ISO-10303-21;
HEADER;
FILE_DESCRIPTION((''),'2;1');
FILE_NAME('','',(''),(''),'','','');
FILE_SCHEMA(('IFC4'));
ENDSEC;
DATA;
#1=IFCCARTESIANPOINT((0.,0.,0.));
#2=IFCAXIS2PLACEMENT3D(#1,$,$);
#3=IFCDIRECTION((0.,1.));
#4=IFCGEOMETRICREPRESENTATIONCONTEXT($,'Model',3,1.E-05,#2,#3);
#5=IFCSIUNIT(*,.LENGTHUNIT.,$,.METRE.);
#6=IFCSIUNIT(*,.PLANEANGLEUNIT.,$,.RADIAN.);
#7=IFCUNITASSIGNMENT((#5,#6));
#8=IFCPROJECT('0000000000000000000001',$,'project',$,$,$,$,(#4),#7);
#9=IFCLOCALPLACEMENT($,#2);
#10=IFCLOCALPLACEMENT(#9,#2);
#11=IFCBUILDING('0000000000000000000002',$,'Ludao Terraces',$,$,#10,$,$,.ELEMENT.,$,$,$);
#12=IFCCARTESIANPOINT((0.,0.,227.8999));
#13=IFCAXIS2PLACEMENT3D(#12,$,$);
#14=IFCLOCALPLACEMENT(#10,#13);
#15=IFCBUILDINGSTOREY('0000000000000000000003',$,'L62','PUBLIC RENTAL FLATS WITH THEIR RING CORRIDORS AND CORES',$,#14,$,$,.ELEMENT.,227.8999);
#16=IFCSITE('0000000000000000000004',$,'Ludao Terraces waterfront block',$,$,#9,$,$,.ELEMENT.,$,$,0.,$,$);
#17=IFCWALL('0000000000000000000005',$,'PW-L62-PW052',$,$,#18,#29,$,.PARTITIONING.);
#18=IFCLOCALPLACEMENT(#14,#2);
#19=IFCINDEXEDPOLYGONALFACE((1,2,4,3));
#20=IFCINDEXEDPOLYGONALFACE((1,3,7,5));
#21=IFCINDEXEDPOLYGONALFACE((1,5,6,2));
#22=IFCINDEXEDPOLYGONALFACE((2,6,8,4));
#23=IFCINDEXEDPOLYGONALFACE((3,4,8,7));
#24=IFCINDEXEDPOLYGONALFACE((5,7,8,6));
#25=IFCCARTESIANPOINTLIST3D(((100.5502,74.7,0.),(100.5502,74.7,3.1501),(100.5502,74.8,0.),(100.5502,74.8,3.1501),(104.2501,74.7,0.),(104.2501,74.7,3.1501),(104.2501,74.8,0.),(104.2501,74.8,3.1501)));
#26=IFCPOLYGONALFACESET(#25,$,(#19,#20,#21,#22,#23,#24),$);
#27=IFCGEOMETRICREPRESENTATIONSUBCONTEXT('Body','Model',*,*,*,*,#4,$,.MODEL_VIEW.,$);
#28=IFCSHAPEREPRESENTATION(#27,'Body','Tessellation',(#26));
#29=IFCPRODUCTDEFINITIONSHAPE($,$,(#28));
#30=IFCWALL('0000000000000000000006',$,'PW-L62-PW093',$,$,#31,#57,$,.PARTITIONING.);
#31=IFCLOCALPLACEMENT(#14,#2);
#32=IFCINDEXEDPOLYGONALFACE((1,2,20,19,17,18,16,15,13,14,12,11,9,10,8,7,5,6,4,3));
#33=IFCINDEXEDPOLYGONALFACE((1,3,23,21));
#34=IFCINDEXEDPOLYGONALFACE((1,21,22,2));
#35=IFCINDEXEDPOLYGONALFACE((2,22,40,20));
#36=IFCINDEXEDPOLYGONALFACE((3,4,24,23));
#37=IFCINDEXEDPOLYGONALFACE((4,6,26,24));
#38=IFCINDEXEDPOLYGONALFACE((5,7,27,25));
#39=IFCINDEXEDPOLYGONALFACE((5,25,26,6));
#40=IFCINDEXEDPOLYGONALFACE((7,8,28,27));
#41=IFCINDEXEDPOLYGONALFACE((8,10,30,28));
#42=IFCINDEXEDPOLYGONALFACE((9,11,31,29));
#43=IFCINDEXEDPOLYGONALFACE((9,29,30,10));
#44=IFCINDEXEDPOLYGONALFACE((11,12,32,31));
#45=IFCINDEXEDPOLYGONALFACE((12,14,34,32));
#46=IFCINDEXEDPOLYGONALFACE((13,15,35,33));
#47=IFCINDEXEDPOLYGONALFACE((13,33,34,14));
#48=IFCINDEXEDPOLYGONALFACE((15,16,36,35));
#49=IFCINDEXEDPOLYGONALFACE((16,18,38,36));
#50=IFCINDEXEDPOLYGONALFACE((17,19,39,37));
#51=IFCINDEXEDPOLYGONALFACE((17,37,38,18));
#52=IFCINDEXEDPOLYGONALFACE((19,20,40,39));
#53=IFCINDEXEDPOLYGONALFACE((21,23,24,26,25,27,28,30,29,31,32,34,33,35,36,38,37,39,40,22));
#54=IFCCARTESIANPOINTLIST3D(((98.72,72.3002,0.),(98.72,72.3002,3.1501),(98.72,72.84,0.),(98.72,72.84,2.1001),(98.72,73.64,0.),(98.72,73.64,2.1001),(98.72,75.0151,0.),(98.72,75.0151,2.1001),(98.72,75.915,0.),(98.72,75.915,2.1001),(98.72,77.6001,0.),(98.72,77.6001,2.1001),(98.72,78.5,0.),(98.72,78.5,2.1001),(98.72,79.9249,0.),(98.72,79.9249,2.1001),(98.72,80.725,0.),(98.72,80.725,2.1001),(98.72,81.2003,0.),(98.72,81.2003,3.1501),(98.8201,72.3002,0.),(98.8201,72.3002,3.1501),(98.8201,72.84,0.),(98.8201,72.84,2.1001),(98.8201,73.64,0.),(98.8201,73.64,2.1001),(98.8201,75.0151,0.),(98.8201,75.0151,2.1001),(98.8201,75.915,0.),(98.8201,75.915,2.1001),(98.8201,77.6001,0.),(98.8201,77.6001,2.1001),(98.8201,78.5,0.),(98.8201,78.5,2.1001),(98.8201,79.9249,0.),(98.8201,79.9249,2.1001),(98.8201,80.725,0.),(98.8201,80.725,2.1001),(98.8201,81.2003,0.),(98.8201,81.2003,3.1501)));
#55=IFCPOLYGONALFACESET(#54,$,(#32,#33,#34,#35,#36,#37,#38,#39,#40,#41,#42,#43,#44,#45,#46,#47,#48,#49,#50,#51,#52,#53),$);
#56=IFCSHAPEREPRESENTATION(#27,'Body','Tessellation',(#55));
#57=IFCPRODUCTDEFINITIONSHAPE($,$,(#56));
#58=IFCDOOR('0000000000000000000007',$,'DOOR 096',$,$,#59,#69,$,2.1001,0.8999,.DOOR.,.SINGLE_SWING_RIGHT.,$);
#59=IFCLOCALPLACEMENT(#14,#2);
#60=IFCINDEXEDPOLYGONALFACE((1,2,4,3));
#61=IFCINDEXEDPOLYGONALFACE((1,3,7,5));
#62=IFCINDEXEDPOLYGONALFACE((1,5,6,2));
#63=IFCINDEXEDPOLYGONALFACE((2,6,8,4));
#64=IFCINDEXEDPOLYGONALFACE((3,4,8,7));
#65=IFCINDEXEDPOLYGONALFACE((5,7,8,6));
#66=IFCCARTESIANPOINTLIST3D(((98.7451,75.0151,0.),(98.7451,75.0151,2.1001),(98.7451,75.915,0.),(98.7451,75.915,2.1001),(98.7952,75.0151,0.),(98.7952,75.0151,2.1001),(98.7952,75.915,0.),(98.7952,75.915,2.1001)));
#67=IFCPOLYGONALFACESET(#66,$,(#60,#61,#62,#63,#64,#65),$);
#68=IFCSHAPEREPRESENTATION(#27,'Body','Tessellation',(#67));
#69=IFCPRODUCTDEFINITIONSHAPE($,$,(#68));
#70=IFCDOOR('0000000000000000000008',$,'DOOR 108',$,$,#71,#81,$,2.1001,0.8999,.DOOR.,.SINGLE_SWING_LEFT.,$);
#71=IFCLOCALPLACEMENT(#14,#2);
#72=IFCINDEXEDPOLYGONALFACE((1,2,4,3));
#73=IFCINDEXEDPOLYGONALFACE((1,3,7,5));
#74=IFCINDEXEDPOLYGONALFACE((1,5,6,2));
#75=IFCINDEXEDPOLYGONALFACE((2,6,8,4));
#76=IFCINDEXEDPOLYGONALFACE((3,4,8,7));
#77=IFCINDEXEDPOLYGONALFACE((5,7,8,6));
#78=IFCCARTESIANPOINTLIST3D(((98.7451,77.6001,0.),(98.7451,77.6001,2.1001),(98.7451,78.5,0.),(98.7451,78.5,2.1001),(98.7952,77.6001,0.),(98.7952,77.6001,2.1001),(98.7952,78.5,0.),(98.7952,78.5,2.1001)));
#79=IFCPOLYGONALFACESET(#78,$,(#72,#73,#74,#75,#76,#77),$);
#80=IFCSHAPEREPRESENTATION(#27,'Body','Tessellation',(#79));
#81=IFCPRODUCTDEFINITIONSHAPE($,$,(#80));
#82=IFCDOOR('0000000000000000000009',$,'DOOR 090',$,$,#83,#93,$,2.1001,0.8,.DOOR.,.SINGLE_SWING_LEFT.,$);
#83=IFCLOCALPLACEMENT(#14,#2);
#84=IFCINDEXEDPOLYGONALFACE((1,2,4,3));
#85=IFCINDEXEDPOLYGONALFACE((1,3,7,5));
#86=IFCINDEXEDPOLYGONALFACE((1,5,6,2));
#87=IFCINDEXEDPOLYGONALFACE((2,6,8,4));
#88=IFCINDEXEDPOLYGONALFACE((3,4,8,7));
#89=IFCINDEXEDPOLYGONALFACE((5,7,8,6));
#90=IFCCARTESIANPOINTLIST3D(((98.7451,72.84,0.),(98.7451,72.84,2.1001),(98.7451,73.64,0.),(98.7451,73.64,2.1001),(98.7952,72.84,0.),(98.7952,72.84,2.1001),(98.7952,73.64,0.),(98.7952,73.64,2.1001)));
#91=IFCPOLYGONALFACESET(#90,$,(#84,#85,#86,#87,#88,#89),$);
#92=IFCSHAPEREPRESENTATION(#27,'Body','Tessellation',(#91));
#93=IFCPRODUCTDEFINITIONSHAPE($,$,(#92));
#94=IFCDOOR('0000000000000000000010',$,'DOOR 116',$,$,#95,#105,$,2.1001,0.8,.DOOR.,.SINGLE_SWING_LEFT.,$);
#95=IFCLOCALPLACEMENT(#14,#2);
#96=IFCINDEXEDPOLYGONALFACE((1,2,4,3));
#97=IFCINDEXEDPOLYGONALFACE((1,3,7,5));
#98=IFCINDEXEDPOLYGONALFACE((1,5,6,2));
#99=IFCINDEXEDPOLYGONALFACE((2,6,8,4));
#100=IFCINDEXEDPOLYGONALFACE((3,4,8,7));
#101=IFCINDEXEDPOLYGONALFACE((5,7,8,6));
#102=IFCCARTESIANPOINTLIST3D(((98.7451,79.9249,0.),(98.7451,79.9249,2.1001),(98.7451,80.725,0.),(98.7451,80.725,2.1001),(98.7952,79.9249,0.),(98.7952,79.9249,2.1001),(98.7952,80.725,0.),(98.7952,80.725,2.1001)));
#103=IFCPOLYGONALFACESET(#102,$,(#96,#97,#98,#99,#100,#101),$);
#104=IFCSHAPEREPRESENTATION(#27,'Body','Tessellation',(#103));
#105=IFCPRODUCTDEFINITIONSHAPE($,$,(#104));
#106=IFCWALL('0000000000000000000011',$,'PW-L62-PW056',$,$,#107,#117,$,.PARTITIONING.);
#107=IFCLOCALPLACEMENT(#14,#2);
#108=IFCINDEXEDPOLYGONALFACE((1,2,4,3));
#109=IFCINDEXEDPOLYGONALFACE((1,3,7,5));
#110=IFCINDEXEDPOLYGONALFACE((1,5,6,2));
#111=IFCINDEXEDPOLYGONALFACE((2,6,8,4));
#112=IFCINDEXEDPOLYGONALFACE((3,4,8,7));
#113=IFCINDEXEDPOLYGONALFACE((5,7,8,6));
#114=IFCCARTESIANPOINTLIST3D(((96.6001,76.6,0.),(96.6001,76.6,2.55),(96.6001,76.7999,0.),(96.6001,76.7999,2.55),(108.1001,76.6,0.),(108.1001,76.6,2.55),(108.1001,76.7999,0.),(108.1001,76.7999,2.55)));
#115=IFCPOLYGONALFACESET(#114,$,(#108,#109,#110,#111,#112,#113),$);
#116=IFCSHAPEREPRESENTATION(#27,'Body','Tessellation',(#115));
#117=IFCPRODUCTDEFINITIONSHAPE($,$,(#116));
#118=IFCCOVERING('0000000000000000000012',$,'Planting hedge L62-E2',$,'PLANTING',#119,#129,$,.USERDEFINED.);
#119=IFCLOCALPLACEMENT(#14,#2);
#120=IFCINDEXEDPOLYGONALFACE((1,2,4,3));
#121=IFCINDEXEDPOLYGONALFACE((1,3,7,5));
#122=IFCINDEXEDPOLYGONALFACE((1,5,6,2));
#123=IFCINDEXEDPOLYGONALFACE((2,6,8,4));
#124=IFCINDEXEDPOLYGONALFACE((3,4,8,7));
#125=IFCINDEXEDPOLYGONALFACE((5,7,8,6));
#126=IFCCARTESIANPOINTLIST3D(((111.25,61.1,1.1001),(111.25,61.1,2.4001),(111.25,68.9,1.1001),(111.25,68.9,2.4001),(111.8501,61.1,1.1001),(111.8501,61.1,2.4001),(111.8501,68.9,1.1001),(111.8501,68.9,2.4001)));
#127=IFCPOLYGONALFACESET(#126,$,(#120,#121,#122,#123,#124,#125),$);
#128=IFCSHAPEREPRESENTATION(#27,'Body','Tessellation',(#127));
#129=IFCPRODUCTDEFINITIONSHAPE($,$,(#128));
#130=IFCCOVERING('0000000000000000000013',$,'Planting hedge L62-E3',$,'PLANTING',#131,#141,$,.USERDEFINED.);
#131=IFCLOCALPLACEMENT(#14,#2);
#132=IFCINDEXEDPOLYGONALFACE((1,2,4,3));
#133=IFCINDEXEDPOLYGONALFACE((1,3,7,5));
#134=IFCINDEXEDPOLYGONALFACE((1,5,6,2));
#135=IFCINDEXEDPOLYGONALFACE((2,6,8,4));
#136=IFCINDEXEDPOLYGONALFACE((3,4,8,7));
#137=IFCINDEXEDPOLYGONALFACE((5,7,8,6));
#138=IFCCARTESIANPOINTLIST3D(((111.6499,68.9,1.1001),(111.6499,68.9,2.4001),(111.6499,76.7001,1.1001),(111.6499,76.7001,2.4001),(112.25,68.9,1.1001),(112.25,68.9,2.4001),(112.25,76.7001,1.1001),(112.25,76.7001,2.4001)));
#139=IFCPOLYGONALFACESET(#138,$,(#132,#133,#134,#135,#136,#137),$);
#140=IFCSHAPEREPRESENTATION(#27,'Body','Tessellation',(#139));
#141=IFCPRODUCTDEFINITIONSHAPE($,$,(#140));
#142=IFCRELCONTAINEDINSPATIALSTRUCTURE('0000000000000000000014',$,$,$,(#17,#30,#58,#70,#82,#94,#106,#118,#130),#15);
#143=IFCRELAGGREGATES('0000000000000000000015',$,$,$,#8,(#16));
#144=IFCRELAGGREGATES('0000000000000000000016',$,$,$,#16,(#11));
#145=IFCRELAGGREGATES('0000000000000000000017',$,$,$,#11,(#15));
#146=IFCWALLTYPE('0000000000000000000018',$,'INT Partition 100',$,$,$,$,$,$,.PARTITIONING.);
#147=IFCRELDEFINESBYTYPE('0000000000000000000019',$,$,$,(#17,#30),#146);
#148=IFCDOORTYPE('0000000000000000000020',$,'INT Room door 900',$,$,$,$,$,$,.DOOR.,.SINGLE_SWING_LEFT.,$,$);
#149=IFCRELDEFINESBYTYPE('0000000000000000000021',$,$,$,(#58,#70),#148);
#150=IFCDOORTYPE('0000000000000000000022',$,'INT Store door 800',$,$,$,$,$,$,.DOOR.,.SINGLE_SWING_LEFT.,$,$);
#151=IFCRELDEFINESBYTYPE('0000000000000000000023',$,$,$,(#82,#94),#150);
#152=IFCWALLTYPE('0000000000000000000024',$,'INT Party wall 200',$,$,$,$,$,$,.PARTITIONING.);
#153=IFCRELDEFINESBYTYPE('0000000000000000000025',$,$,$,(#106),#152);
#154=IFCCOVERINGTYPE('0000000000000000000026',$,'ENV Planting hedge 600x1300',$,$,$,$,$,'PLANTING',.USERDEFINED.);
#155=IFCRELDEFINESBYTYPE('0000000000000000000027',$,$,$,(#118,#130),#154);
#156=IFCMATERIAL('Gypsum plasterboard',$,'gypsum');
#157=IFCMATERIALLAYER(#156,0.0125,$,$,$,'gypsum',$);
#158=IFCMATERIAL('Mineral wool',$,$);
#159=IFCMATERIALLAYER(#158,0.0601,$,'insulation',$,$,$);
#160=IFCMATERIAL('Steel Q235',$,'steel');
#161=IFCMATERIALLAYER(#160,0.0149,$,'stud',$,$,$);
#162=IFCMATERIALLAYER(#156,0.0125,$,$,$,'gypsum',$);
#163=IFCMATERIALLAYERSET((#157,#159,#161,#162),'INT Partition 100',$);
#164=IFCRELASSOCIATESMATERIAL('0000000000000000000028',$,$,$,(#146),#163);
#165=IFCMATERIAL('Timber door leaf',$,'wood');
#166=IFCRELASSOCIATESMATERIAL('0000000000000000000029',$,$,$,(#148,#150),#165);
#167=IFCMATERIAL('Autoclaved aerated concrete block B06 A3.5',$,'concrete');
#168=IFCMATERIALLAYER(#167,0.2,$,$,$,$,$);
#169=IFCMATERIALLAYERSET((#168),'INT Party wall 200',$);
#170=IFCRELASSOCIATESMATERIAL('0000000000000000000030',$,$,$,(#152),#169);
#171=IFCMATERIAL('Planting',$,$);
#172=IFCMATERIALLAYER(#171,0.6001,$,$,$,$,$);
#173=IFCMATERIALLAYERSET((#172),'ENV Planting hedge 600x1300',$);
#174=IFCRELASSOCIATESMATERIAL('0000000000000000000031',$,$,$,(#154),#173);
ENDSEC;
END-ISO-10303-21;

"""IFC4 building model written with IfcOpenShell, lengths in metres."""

from ifc_helpers import new_model, si_unit, direction, frame, frame_2d, origin, origin_2d, place, context, subcontext, project, spatial, rectangle, extrude, material, layer, layer_set, type_object, element, fill, save


model = new_model("IFC4")

# Units and contexts
model_context = context("Model", 3, precision=1e-05, world=origin(), true_north=direction((0.0, 1.0)))
body_context = subcontext(model_context, "Body", "Model", "MODEL_VIEW")
ifc_project = project(units=[si_unit("LENGTHUNIT", "METRE"), si_unit("PLANEANGLEUNIT", "RADIAN")], contexts=[model_context])

# Site, building, storey
site_placement = place(None, origin())
site = spatial("IfcSite", under=ifc_project, at=site_placement, Name="Ludao Terraces waterfront block", CompositionType="ELEMENT", RefElevation=0.0)
building_placement = place(site_placement, origin())
building = spatial("IfcBuilding", under=site, at=building_placement, Name="Ludao Terraces", CompositionType="ELEMENT")
storey_placement = place(building_placement, frame((0.0, 0.0, 227.8999)))
storey = spatial("IfcBuildingStorey", under=building, at=storey_placement, Name="L62", Description="PUBLIC RENTAL FLATS WITH THEIR RING CORRIDORS AND CORES", CompositionType="ELEMENT", Elevation=227.8999)

# Shared definitions
ifc_material_1 = material(Name="Mineral wool")

# Wall
ifc_material_2 = material(Name="Gypsum plasterboard", Category="gypsum")
ifc_layer_1 = layer(ifc_material_2, 0.0125, Category="gypsum")
ifc_layer_2 = layer(ifc_material_1, 0.0601, Name="insulation")
ifc_material_3 = material(Name="Steel Q235", Category="steel")
ifc_layer_3 = layer(ifc_material_3, 0.0149, Name="stud")
ifc_layer_4 = layer(ifc_material_2, 0.0125, Category="gypsum")
ifc_layer_set_1 = layer_set([ifc_layer_1, ifc_layer_2, ifc_layer_3, ifc_layer_4], Name="INT Partition 100")
wall_type_1 = type_object("IfcWallType", Name="INT Partition 100", PredefinedType="PARTITIONING", material=ifc_layer_set_1)
wall_1_placement = place(storey_placement, frame((100.55, 74.75, 0.0), z_axis=(0.0, 0.0, 1.0), x_axis=(1.0, 0.0, 0.0)))
element("IfcWall", 1, at=wall_1_placement, inside=storey, type_object=wall_type_1, Name="PW-L62-PW052", PredefinedType="PARTITIONING", context=body_context, shape_type="SweptSolid", body=[
    extrude(rectangle(XDim=3.7, YDim=0.1001, at=frame_2d((1.8501, 0.0))), origin(), (0.0, 0.0, 1.0), 3.1501),
])

# Wall, openings, doors
wall_2_placement = place(storey_placement, frame((98.77, 72.3, 0.0), z_axis=(0.0, 0.0, 1.0), x_axis=(0.0, 1.0, 0.0)))
wall_2 = element("IfcWall", 2, at=wall_2_placement, inside=storey, type_object=wall_type_1, Name="PW-L62-PW093", PredefinedType="PARTITIONING", context=body_context, shape_type="SweptSolid", body=[
    extrude(rectangle(XDim=8.9001, YDim=0.1001, at=frame_2d((4.4502, 0.0))), origin(), (0.0, 0.0, 1.0), 3.1501),
])
opening_1_placement = place(wall_2_placement, frame((0.54, 0.0, 0.0)))
opening_1 = element("IfcOpeningElement", 3, at=opening_1_placement, cuts=wall_2, PredefinedType="OPENING", context=body_context, shape_type="SweptSolid", body=[
    extrude(rectangle(XDim=0.8, YDim=2.1001, at=frame_2d((0.3999, 1.05))), frame((0.0, 0.0601, 0.0), z_axis=(0.0, -1.0, 0.0), x_axis=(1.0, 0.0, 0.0)), (0.0, 0.0, 1.0), 0.1201),
])
opening_2_placement = place(wall_2_placement, frame((2.7151, 0.0, 0.0)))
opening_2 = element("IfcOpeningElement", 4, at=opening_2_placement, cuts=wall_2, PredefinedType="OPENING", context=body_context, shape_type="SweptSolid", body=[
    extrude(rectangle(XDim=0.8999, YDim=2.1001, at=frame_2d((0.45, 1.05))), frame((0.0, 0.0601, 0.0), z_axis=(0.0, -1.0, 0.0), x_axis=(1.0, 0.0, 0.0)), (0.0, 0.0, 1.0), 0.1201),
])
opening_3_placement = place(wall_2_placement, frame((5.3, 0.0, 0.0)))
opening_3 = element("IfcOpeningElement", 5, at=opening_3_placement, cuts=wall_2, PredefinedType="OPENING", context=body_context, shape_type="SweptSolid", body=[
    extrude(rectangle(XDim=0.8999, YDim=2.1001, at=frame_2d((0.45, 1.05))), frame((0.0, 0.0601, 0.0), z_axis=(0.0, -1.0, 0.0), x_axis=(1.0, 0.0, 0.0)), (0.0, 0.0, 1.0), 0.1201),
])
opening_4_placement = place(wall_2_placement, frame((7.625, 0.0, 0.0)))
opening_4 = element("IfcOpeningElement", 6, at=opening_4_placement, cuts=wall_2, PredefinedType="OPENING", context=body_context, shape_type="SweptSolid", body=[
    extrude(rectangle(XDim=0.8, YDim=2.1001, at=frame_2d((0.3999, 1.05))), frame((0.0, 0.0601, 0.0), z_axis=(0.0, -1.0, 0.0), x_axis=(1.0, 0.0, 0.0)), (0.0, 0.0, 1.0), 0.1201),
])
ifc_material_4 = material(Name="Timber door leaf", Category="wood")
door_type_1 = type_object("IfcDoorType", Name="INT Room door 900", OperationType="SINGLE_SWING_LEFT", PredefinedType="DOOR", material=ifc_material_4)
door_1_placement = place(opening_2_placement, origin())
door_1 = element("IfcDoor", 7, at=door_1_placement, inside=storey, type_object=door_type_1, Name="DOOR 096", OperationType="SINGLE_SWING_RIGHT", OverallHeight=2.1001, OverallWidth=0.8999, PredefinedType="DOOR", context=body_context, shape_type="SweptSolid", body=[
    extrude(rectangle(XDim=0.8999, YDim=2.1001, at=frame_2d((0.45, 1.05))), frame((0.0, 0.0249, 0.0), z_axis=(0.0, -1.0, 0.0), x_axis=(1.0, 0.0, 0.0)), (0.0, 0.0, 1.0), 0.05),
])
fill(opening_2, door_1)
door_2_placement = place(opening_3_placement, origin())
door_2 = element("IfcDoor", 8, at=door_2_placement, inside=storey, type_object=door_type_1, Name="DOOR 108", OperationType="SINGLE_SWING_LEFT", OverallHeight=2.1001, OverallWidth=0.8999, PredefinedType="DOOR", context=body_context, shape_type="SweptSolid", body=[
    extrude(rectangle(XDim=0.8999, YDim=2.1001, at=frame_2d((0.45, 1.05))), frame((0.0, 0.0249, 0.0), z_axis=(0.0, -1.0, 0.0), x_axis=(1.0, 0.0, 0.0)), (0.0, 0.0, 1.0), 0.05),
])
fill(opening_3, door_2)
door_type_2 = type_object("IfcDoorType", Name="INT Store door 800", OperationType="SINGLE_SWING_LEFT", PredefinedType="DOOR", material=ifc_material_4)
door_3_placement = place(opening_1_placement, origin())
door_3 = element("IfcDoor", 9, at=door_3_placement, inside=storey, type_object=door_type_2, Name="DOOR 090", OperationType="SINGLE_SWING_LEFT", OverallHeight=2.1001, OverallWidth=0.8, PredefinedType="DOOR", context=body_context, shape_type="SweptSolid", body=[
    extrude(rectangle(XDim=0.8, YDim=2.1001, at=frame_2d((0.3999, 1.05))), frame((0.0, 0.0249, 0.0), z_axis=(0.0, -1.0, 0.0), x_axis=(1.0, 0.0, 0.0)), (0.0, 0.0, 1.0), 0.05),
])
fill(opening_1, door_3)
door_4_placement = place(opening_4_placement, origin())
door_4 = element("IfcDoor", 10, at=door_4_placement, inside=storey, type_object=door_type_2, Name="DOOR 116", OperationType="SINGLE_SWING_LEFT", OverallHeight=2.1001, OverallWidth=0.8, PredefinedType="DOOR", context=body_context, shape_type="SweptSolid", body=[
    extrude(rectangle(XDim=0.8, YDim=2.1001, at=frame_2d((0.3999, 1.05))), frame((0.0, 0.0249, 0.0), z_axis=(0.0, -1.0, 0.0), x_axis=(1.0, 0.0, 0.0)), (0.0, 0.0, 1.0), 0.05),
])
fill(opening_4, door_4)

# Wall
ifc_material_5 = material(Name="Autoclaved aerated concrete block B06 A3.5", Category="concrete")
ifc_layer_5 = layer(ifc_material_5, 0.2)
ifc_layer_set_2 = layer_set([ifc_layer_5], Name="INT Party wall 200")
wall_type_2 = type_object("IfcWallType", Name="INT Party wall 200", PredefinedType="PARTITIONING", material=ifc_layer_set_2)
wall_3_placement = place(storey_placement, frame((96.6001, 76.7, 0.0), z_axis=(0.0, 0.0, 1.0), x_axis=(1.0, 0.0, 0.0)))
element("IfcWall", 11, at=wall_3_placement, inside=storey, type_object=wall_type_2, Name="PW-L62-PW056", PredefinedType="PARTITIONING", context=body_context, shape_type="SweptSolid", body=[
    extrude(rectangle(XDim=11.5, YDim=0.2, at=frame_2d((5.75, 0.0))), origin(), (0.0, 0.0, 1.0), 2.55),
])

# Coverings
ifc_material_6 = material(Name="Planting")
ifc_layer_6 = layer(ifc_material_6, 0.6001)
ifc_layer_set_3 = layer_set([ifc_layer_6], Name="ENV Planting hedge 600x1300")
covering_type = type_object("IfcCoveringType", Name="ENV Planting hedge 600x1300", ElementType="PLANTING", PredefinedType="USERDEFINED", material=ifc_layer_set_3)
for number, where, z_axis, x_axis, name in (
    (12, (111.55, 65.0, 1.1001), (0.0, 0.0, 1.0), (1.0, 0.0, 0.0), "Planting hedge L62-E2"),
    (13, (111.95, 72.8, 1.1001), (0.0, 0.0, 1.0), (1.0, 0.0, 0.0), "Planting hedge L62-E3"),
):
    element("IfcCovering", number, at=place(storey_placement, frame(where, z_axis=z_axis, x_axis=x_axis)), inside=storey, type_object=covering_type, Name=name, ObjectType="PLANTING", PredefinedType="USERDEFINED", context=body_context, shape_type="SweptSolid", body=[
        extrude(rectangle(XDim=0.6001, YDim=7.8, at=origin_2d()), origin(), (0.0, 0.0, 1.0), 1.3),
    ])

save(model, "model.ifc")
